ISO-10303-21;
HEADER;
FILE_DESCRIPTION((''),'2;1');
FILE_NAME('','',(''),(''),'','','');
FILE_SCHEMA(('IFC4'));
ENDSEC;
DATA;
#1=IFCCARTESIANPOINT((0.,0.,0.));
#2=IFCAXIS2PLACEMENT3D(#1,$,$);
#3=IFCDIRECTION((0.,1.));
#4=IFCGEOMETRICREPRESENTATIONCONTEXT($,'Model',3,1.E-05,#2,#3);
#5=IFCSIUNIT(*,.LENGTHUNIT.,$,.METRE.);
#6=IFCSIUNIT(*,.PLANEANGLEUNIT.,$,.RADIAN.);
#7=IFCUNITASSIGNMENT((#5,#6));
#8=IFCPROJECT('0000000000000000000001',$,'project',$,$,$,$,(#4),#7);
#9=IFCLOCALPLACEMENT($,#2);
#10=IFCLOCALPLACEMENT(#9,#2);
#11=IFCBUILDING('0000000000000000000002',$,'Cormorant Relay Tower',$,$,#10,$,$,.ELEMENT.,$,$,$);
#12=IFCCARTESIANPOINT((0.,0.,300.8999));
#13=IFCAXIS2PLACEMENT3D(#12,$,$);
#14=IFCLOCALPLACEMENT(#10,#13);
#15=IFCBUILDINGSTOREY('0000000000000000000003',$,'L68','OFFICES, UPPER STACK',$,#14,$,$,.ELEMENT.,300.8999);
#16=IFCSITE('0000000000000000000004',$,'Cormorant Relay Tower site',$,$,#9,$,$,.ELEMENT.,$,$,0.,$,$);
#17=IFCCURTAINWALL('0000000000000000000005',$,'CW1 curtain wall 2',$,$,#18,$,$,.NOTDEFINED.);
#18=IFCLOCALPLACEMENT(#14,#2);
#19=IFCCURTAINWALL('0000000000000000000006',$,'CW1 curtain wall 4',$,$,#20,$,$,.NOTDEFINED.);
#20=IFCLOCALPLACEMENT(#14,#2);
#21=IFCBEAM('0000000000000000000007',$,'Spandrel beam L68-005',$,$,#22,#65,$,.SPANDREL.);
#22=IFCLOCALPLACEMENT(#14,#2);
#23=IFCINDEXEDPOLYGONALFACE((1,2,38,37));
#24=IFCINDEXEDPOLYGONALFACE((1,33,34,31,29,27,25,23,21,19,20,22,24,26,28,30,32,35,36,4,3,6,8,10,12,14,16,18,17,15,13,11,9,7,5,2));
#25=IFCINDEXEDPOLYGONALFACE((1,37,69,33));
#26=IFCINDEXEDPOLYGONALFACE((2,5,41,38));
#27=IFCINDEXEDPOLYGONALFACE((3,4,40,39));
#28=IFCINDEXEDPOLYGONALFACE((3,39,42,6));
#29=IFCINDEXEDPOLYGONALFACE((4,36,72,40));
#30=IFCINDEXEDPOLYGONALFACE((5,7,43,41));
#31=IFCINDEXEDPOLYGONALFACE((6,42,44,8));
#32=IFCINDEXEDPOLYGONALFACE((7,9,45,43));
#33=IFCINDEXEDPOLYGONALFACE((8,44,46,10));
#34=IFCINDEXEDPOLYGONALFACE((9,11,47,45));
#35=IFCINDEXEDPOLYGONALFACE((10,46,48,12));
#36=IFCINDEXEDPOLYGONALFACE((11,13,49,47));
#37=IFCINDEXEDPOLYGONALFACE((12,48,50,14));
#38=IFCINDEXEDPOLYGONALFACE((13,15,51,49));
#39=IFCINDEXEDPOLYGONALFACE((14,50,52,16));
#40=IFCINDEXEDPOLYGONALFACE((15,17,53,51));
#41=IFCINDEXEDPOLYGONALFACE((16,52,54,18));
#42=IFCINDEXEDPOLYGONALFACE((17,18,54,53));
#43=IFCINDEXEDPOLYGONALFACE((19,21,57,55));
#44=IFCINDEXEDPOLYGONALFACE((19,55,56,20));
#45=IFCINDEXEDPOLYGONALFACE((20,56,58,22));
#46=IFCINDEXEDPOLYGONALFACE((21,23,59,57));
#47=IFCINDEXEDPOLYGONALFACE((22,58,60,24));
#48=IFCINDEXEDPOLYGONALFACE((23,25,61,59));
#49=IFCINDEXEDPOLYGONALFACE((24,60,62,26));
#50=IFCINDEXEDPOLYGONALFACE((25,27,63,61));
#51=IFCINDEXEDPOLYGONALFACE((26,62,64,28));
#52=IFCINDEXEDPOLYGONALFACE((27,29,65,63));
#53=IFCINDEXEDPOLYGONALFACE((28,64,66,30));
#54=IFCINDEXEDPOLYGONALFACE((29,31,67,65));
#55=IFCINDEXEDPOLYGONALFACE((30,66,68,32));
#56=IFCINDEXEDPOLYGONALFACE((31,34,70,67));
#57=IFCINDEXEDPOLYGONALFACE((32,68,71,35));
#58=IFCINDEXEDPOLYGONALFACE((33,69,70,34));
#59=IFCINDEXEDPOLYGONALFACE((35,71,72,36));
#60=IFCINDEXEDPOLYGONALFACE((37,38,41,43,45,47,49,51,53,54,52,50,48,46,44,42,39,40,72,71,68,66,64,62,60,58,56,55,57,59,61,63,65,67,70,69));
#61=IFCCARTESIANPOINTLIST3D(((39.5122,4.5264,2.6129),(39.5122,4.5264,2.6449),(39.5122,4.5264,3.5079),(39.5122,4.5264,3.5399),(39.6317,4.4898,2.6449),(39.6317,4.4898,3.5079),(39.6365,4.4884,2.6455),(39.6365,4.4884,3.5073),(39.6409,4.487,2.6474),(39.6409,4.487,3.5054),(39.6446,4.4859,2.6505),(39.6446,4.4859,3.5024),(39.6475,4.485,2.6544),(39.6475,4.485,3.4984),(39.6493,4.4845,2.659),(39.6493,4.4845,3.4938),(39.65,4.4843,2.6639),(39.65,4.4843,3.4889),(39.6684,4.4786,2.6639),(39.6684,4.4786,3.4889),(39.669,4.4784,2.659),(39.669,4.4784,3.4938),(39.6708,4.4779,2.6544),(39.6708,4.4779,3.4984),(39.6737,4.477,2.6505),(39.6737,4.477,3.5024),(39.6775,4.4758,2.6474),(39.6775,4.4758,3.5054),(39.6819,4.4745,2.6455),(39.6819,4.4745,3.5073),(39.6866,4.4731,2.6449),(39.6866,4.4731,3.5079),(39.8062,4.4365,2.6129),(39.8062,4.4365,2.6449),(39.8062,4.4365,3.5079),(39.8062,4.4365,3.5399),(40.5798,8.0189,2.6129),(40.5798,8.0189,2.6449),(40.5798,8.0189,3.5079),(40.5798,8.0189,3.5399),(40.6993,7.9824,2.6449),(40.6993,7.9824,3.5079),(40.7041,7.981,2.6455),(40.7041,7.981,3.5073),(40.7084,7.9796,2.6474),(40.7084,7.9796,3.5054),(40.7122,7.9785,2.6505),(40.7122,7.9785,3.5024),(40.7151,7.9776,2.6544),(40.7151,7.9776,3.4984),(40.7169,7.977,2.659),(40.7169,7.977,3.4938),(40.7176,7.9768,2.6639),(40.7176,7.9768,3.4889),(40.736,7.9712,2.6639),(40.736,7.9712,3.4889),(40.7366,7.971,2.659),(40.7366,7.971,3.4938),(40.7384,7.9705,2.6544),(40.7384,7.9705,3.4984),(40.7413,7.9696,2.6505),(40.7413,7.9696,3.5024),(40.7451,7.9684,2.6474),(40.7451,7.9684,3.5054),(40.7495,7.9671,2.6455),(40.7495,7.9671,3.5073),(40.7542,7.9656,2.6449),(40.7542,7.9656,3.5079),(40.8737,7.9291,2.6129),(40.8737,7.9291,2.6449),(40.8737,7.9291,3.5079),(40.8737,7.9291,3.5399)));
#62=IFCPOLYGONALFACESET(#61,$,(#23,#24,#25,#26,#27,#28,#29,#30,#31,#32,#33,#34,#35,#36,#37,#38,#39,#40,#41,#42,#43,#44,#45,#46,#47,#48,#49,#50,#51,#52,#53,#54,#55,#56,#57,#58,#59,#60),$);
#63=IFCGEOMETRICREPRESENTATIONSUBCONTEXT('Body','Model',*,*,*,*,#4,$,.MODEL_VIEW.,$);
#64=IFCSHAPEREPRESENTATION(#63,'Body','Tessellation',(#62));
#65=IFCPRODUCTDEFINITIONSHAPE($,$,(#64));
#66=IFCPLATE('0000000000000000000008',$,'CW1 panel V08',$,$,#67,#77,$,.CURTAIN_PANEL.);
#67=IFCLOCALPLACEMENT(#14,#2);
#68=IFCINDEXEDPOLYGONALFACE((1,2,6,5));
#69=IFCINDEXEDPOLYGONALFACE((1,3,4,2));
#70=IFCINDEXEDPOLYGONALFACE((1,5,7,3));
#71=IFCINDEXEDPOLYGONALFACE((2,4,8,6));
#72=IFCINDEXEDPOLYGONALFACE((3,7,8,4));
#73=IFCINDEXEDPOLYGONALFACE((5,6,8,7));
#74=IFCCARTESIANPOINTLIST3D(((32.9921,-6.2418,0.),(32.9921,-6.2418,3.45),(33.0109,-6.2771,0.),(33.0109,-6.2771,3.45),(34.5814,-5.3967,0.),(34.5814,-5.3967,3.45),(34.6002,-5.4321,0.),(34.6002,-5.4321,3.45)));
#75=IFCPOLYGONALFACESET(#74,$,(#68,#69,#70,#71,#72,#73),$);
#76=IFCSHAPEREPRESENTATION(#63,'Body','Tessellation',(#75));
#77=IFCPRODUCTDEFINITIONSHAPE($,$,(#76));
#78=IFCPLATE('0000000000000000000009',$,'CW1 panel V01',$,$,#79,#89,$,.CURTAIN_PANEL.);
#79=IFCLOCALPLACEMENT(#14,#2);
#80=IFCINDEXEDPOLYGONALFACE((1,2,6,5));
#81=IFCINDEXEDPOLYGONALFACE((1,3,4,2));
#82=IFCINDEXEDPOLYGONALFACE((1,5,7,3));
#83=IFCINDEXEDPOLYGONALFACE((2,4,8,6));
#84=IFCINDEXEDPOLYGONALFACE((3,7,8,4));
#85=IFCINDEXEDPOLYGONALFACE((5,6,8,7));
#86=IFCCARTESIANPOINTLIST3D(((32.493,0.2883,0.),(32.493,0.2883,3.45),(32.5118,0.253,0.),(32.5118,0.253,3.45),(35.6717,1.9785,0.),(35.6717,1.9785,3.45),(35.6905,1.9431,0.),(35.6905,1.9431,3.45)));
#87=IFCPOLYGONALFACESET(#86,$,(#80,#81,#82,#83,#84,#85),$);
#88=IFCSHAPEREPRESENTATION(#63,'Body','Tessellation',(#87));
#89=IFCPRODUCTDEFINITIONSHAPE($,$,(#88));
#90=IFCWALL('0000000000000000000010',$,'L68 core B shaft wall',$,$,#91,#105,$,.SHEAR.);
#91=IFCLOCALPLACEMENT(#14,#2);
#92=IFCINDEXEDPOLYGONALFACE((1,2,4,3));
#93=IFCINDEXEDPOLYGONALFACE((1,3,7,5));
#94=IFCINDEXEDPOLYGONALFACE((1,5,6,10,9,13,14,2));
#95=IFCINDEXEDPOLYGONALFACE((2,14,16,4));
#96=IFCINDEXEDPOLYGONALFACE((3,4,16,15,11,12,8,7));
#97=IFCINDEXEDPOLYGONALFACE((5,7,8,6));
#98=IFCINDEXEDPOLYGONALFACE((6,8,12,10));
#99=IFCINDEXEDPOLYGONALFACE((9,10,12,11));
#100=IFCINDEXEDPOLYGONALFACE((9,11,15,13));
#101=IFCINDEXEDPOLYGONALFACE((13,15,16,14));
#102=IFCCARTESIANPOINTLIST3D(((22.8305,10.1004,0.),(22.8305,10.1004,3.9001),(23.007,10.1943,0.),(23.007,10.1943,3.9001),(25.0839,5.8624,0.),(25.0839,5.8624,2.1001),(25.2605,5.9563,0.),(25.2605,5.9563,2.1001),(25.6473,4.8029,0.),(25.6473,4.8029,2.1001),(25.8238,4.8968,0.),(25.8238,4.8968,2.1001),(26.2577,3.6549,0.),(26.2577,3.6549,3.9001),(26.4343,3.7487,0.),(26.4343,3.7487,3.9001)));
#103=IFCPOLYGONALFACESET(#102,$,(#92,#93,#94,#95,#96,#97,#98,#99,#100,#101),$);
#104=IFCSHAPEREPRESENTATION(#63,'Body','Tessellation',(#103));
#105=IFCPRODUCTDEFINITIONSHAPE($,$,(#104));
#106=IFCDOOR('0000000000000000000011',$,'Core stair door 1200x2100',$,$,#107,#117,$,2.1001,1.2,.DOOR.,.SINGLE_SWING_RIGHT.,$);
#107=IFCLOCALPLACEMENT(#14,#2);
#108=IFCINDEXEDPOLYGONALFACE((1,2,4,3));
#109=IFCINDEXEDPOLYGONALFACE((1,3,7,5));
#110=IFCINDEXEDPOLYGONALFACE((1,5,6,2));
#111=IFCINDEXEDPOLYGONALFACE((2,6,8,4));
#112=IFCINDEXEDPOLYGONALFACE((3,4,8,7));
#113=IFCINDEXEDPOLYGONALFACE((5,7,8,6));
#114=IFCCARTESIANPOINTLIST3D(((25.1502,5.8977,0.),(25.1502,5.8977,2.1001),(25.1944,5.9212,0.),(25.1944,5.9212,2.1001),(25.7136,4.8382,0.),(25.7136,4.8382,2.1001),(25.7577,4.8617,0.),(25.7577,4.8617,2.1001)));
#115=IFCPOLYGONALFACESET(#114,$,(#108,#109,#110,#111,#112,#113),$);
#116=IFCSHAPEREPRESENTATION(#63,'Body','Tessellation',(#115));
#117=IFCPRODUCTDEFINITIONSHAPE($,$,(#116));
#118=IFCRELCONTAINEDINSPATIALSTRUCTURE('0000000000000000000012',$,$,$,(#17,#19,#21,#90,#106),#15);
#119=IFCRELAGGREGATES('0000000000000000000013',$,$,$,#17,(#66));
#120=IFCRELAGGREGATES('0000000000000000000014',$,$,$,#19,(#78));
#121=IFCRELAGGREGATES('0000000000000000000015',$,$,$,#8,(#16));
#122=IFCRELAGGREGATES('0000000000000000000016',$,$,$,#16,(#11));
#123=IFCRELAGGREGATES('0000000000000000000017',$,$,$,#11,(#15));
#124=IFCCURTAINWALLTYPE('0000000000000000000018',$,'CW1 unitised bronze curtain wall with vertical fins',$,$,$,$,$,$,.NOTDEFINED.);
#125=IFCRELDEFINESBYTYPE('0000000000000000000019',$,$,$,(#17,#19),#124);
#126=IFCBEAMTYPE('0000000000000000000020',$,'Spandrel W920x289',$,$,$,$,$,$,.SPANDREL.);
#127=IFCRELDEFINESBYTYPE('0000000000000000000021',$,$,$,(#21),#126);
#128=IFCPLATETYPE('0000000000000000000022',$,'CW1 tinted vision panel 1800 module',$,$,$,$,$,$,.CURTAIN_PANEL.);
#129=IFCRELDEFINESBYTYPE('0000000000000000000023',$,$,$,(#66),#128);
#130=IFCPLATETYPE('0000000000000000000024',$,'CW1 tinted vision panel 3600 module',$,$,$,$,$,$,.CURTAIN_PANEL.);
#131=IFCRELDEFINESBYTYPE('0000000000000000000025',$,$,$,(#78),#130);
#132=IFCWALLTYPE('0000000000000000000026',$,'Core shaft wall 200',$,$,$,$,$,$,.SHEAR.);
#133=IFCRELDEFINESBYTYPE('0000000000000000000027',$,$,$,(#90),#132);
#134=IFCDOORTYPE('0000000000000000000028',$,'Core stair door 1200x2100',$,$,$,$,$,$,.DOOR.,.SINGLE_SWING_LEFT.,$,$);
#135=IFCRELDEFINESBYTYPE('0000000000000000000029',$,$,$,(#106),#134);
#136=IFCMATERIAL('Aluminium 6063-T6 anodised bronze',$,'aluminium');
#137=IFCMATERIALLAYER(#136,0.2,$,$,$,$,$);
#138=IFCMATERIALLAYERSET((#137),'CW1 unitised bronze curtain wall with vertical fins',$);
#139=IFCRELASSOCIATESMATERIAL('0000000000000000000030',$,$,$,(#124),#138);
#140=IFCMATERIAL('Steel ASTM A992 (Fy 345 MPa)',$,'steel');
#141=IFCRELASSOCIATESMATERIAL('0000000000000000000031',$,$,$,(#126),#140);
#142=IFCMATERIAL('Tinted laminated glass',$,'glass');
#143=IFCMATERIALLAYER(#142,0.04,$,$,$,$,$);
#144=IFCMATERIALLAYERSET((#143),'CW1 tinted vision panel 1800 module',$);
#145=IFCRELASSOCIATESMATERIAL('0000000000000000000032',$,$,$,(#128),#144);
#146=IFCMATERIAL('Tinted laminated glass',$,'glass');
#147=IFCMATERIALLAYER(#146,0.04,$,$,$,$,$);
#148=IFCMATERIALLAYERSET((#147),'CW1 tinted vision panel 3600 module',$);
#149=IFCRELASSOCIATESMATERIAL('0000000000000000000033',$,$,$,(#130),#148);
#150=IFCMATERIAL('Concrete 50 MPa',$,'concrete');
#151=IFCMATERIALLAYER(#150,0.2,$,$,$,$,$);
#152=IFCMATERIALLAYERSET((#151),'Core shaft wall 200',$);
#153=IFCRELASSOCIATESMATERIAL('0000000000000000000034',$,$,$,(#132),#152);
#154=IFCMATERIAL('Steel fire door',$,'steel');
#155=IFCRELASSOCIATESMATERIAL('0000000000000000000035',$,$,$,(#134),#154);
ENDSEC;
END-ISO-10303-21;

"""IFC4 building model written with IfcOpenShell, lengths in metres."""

from ifc_helpers import new_model, si_unit, direction, frame, frame_2d, origin, origin_2d, place, context, subcontext, project, spatial, rectangle, i_section, extrude, material, layer, layer_set, material_profile, profile_set, type_object, element, fill, aggregate, save


model = new_model("IFC4")

# Units and contexts
model_context = context("Model", 3, precision=1e-05, world=origin(), true_north=direction((0.0, 1.0)))
body_context = subcontext(model_context, "Body", "Model", "MODEL_VIEW")
ifc_project = project(units=[si_unit("LENGTHUNIT", "METRE"), si_unit("PLANEANGLEUNIT", "RADIAN")], contexts=[model_context])

# Site, building, storey
site_placement = place(None, origin())
site = spatial("IfcSite", under=ifc_project, at=site_placement, Name="Cormorant Relay Tower site", CompositionType="ELEMENT", RefElevation=0.0)
building_placement = place(site_placement, origin())
building = spatial("IfcBuilding", under=site, at=building_placement, Name="Cormorant Relay Tower", CompositionType="ELEMENT")
storey_placement = place(building_placement, frame((0.0, 0.0, 300.8999)))
storey = spatial("IfcBuildingStorey", under=building, at=storey_placement, Name="L68", Description="OFFICES, UPPER STACK", CompositionType="ELEMENT", Elevation=300.8999)

# Curtain wall
ifc_material_1 = material(Name="Aluminium 6063-T6 anodised bronze", Category="aluminium")
ifc_layer_1 = layer(ifc_material_1, 0.2)
ifc_layer_set_1 = layer_set([ifc_layer_1], Name="CW1 unitised bronze curtain wall with vertical fins")
curtain_wall_type = type_object("IfcCurtainWallType", Name="CW1 unitised bronze curtain wall with vertical fins", PredefinedType="NOTDEFINED", material=ifc_layer_set_1)
curtain_wall_1_placement = place(storey_placement, origin())
curtain_wall_1 = element("IfcCurtainWall", 1, at=curtain_wall_1_placement, inside=storey, type_object=curtain_wall_type, Name="CW1 curtain wall 2", PredefinedType="NOTDEFINED")

# Curtain wall
curtain_wall_2_placement = place(storey_placement, origin())
curtain_wall_2 = element("IfcCurtainWall", 2, at=curtain_wall_2_placement, inside=storey, type_object=curtain_wall_type, Name="CW1 curtain wall 4", PredefinedType="NOTDEFINED")

# Beam
ifc_material_2 = material(Name="Steel ASTM A992 (Fy 345 MPa)", Category="steel")
ifc_material_profile_1 = material_profile(ifc_material_2, i_section(OverallWidth=0.3074, OverallDepth=0.927, WebThickness=0.0193, FlangeThickness=0.032, FilletRadius=0.019, at=origin_2d()), Name="W920x289")
ifc_profile_set_1 = profile_set([ifc_material_profile_1], Name="Steel ASTM A992 (Fy 345 MPa)")
beam_type = type_object("IfcBeamType", Name="Spandrel W920x289", PredefinedType="SPANDREL", material=ifc_profile_set_1)
beam_1_placement = place(storey_placement, frame((39.6592, 4.4814, 3.0764), z_axis=(0.292324, 0.956319, 0.0), x_axis=(-0.956319, 0.292324, 0.0)))
element("IfcBeam", 3, at=beam_1_placement, inside=storey, type_object=beam_type, Name="Spandrel beam L68-005", PredefinedType="SPANDREL", context=body_context, shape_type="SweptSolid", body=[
    extrude(i_section(OverallWidth=0.3074, OverallDepth=0.927, WebThickness=0.0193, FlangeThickness=0.032, FilletRadius=0.019, at=origin_2d()), origin(), (0.0, 0.0, 1.0), 3.6521),
])

# Plates
ifc_material_3 = material(Name="Tinted laminated glass", Category="glass")
ifc_layer_2 = layer(ifc_material_3, 0.04)
ifc_layer_set_2 = layer_set([ifc_layer_2], Name="CW1 tinted vision panel 1800 module")
plate_type_1 = type_object("IfcPlateType", Name="CW1 tinted vision panel 1800 module", PredefinedType="CURTAIN_PANEL", material=ifc_layer_set_2)
plate_1_placement = place(storey_placement, frame((33.7961, -5.8369, 0.0), z_axis=(0.0, 0.0, 1.0), x_axis=(0.882948, 0.469472, 0.0)))
plate_1 = element("IfcPlate", 4, at=plate_1_placement, type_object=plate_type_1, Name="CW1 panel V08", PredefinedType="CURTAIN_PANEL", context=body_context, shape_type="SweptSolid", body=[
    extrude(rectangle(XDim=1.8, YDim=0.04, at=origin_2d()), origin(), (0.0, 0.0, 1.0), 3.45),
])
ifc_material_4 = material(Name="Tinted laminated glass", Category="glass")
ifc_layer_3 = layer(ifc_material_4, 0.04)
ifc_layer_set_3 = layer_set([ifc_layer_3], Name="CW1 tinted vision panel 3600 module")
plate_type_2 = type_object("IfcPlateType", Name="CW1 tinted vision panel 3600 module", PredefinedType="CURTAIN_PANEL", material=ifc_layer_set_3)
plate_2_placement = place(storey_placement, frame((34.0918, 1.1157, 0.0), z_axis=(0.0, 0.0, 1.0), x_axis=(0.882948, 0.469472, 0.0)))
plate_2 = element("IfcPlate", 5, at=plate_2_placement, type_object=plate_type_2, Name="CW1 panel V01", PredefinedType="CURTAIN_PANEL", context=body_context, shape_type="SweptSolid", body=[
    extrude(rectangle(XDim=3.6001, YDim=0.04, at=origin_2d()), origin(), (0.0, 0.0, 1.0), 3.45),
])

# Wall, opening, door
ifc_material_5 = material(Name="Concrete 50 MPa", Category="concrete")
ifc_layer_4 = layer(ifc_material_5, 0.2)
ifc_layer_set_4 = layer_set([ifc_layer_4], Name="Core shaft wall 200")
wall_type_1 = type_object("IfcWallType", Name="Core shaft wall 200", PredefinedType="SHEAR", material=ifc_layer_set_4)
wall_1_placement = place(storey_placement, frame((26.3459, 3.7019, 0.0), z_axis=(0.0, 0.0, 1.0), x_axis=(-0.46948, 0.882943, 0.0)))
wall_1 = element("IfcWall", 6, at=wall_1_placement, inside=storey, type_object=wall_type_1, Name="L68 core B shaft wall", PredefinedType="SHEAR", context=body_context, shape_type="SweptSolid", body=[
    extrude(rectangle(XDim=7.3, YDim=0.2, at=frame_2d((3.6499, 0.0))), origin(), (0.0, 0.0, 1.0), 3.9001),
])
opening_1_placement = place(wall_1_placement, frame((1.3, 0.0, 0.0)))
opening_1 = element("IfcOpeningElement", 7, at=opening_1_placement, cuts=wall_1, PredefinedType="OPENING", context=body_context, shape_type="SweptSolid", body=[
    extrude(rectangle(XDim=1.2, YDim=2.1001, at=frame_2d((0.6001, 1.05))), frame((0.0, 0.1099, 0.0), z_axis=(0.0, -1.0, 0.0), x_axis=(1.0, 0.0, 0.0)), (0.0, 0.0, 1.0), 0.22),
])
ifc_material_6 = material(Name="Steel fire door", Category="steel")
door_type_1 = type_object("IfcDoorType", Name="Core stair door 1200x2100", OperationType="SINGLE_SWING_LEFT", PredefinedType="DOOR", material=ifc_material_6)
door_1_placement = place(opening_1_placement, origin())
door_1 = element("IfcDoor", 8, at=door_1_placement, inside=storey, type_object=door_type_1, Name="Core stair door 1200x2100", OperationType="SINGLE_SWING_RIGHT", OverallHeight=2.1001, OverallWidth=1.2, PredefinedType="DOOR", context=body_context, shape_type="SweptSolid", body=[
    extrude(rectangle(XDim=1.2, YDim=2.1001, at=frame_2d((0.6001, 1.05))), frame((0.0, 0.0249, 0.0), z_axis=(0.0, -1.0, 0.0), x_axis=(1.0, 0.0, 0.0)), (0.0, 0.0, 1.0), 0.05),
])
fill(opening_1, door_1)

aggregate(curtain_wall_1, [plate_1])
aggregate(curtain_wall_2, [plate_2])

save(model, "model.ifc")
